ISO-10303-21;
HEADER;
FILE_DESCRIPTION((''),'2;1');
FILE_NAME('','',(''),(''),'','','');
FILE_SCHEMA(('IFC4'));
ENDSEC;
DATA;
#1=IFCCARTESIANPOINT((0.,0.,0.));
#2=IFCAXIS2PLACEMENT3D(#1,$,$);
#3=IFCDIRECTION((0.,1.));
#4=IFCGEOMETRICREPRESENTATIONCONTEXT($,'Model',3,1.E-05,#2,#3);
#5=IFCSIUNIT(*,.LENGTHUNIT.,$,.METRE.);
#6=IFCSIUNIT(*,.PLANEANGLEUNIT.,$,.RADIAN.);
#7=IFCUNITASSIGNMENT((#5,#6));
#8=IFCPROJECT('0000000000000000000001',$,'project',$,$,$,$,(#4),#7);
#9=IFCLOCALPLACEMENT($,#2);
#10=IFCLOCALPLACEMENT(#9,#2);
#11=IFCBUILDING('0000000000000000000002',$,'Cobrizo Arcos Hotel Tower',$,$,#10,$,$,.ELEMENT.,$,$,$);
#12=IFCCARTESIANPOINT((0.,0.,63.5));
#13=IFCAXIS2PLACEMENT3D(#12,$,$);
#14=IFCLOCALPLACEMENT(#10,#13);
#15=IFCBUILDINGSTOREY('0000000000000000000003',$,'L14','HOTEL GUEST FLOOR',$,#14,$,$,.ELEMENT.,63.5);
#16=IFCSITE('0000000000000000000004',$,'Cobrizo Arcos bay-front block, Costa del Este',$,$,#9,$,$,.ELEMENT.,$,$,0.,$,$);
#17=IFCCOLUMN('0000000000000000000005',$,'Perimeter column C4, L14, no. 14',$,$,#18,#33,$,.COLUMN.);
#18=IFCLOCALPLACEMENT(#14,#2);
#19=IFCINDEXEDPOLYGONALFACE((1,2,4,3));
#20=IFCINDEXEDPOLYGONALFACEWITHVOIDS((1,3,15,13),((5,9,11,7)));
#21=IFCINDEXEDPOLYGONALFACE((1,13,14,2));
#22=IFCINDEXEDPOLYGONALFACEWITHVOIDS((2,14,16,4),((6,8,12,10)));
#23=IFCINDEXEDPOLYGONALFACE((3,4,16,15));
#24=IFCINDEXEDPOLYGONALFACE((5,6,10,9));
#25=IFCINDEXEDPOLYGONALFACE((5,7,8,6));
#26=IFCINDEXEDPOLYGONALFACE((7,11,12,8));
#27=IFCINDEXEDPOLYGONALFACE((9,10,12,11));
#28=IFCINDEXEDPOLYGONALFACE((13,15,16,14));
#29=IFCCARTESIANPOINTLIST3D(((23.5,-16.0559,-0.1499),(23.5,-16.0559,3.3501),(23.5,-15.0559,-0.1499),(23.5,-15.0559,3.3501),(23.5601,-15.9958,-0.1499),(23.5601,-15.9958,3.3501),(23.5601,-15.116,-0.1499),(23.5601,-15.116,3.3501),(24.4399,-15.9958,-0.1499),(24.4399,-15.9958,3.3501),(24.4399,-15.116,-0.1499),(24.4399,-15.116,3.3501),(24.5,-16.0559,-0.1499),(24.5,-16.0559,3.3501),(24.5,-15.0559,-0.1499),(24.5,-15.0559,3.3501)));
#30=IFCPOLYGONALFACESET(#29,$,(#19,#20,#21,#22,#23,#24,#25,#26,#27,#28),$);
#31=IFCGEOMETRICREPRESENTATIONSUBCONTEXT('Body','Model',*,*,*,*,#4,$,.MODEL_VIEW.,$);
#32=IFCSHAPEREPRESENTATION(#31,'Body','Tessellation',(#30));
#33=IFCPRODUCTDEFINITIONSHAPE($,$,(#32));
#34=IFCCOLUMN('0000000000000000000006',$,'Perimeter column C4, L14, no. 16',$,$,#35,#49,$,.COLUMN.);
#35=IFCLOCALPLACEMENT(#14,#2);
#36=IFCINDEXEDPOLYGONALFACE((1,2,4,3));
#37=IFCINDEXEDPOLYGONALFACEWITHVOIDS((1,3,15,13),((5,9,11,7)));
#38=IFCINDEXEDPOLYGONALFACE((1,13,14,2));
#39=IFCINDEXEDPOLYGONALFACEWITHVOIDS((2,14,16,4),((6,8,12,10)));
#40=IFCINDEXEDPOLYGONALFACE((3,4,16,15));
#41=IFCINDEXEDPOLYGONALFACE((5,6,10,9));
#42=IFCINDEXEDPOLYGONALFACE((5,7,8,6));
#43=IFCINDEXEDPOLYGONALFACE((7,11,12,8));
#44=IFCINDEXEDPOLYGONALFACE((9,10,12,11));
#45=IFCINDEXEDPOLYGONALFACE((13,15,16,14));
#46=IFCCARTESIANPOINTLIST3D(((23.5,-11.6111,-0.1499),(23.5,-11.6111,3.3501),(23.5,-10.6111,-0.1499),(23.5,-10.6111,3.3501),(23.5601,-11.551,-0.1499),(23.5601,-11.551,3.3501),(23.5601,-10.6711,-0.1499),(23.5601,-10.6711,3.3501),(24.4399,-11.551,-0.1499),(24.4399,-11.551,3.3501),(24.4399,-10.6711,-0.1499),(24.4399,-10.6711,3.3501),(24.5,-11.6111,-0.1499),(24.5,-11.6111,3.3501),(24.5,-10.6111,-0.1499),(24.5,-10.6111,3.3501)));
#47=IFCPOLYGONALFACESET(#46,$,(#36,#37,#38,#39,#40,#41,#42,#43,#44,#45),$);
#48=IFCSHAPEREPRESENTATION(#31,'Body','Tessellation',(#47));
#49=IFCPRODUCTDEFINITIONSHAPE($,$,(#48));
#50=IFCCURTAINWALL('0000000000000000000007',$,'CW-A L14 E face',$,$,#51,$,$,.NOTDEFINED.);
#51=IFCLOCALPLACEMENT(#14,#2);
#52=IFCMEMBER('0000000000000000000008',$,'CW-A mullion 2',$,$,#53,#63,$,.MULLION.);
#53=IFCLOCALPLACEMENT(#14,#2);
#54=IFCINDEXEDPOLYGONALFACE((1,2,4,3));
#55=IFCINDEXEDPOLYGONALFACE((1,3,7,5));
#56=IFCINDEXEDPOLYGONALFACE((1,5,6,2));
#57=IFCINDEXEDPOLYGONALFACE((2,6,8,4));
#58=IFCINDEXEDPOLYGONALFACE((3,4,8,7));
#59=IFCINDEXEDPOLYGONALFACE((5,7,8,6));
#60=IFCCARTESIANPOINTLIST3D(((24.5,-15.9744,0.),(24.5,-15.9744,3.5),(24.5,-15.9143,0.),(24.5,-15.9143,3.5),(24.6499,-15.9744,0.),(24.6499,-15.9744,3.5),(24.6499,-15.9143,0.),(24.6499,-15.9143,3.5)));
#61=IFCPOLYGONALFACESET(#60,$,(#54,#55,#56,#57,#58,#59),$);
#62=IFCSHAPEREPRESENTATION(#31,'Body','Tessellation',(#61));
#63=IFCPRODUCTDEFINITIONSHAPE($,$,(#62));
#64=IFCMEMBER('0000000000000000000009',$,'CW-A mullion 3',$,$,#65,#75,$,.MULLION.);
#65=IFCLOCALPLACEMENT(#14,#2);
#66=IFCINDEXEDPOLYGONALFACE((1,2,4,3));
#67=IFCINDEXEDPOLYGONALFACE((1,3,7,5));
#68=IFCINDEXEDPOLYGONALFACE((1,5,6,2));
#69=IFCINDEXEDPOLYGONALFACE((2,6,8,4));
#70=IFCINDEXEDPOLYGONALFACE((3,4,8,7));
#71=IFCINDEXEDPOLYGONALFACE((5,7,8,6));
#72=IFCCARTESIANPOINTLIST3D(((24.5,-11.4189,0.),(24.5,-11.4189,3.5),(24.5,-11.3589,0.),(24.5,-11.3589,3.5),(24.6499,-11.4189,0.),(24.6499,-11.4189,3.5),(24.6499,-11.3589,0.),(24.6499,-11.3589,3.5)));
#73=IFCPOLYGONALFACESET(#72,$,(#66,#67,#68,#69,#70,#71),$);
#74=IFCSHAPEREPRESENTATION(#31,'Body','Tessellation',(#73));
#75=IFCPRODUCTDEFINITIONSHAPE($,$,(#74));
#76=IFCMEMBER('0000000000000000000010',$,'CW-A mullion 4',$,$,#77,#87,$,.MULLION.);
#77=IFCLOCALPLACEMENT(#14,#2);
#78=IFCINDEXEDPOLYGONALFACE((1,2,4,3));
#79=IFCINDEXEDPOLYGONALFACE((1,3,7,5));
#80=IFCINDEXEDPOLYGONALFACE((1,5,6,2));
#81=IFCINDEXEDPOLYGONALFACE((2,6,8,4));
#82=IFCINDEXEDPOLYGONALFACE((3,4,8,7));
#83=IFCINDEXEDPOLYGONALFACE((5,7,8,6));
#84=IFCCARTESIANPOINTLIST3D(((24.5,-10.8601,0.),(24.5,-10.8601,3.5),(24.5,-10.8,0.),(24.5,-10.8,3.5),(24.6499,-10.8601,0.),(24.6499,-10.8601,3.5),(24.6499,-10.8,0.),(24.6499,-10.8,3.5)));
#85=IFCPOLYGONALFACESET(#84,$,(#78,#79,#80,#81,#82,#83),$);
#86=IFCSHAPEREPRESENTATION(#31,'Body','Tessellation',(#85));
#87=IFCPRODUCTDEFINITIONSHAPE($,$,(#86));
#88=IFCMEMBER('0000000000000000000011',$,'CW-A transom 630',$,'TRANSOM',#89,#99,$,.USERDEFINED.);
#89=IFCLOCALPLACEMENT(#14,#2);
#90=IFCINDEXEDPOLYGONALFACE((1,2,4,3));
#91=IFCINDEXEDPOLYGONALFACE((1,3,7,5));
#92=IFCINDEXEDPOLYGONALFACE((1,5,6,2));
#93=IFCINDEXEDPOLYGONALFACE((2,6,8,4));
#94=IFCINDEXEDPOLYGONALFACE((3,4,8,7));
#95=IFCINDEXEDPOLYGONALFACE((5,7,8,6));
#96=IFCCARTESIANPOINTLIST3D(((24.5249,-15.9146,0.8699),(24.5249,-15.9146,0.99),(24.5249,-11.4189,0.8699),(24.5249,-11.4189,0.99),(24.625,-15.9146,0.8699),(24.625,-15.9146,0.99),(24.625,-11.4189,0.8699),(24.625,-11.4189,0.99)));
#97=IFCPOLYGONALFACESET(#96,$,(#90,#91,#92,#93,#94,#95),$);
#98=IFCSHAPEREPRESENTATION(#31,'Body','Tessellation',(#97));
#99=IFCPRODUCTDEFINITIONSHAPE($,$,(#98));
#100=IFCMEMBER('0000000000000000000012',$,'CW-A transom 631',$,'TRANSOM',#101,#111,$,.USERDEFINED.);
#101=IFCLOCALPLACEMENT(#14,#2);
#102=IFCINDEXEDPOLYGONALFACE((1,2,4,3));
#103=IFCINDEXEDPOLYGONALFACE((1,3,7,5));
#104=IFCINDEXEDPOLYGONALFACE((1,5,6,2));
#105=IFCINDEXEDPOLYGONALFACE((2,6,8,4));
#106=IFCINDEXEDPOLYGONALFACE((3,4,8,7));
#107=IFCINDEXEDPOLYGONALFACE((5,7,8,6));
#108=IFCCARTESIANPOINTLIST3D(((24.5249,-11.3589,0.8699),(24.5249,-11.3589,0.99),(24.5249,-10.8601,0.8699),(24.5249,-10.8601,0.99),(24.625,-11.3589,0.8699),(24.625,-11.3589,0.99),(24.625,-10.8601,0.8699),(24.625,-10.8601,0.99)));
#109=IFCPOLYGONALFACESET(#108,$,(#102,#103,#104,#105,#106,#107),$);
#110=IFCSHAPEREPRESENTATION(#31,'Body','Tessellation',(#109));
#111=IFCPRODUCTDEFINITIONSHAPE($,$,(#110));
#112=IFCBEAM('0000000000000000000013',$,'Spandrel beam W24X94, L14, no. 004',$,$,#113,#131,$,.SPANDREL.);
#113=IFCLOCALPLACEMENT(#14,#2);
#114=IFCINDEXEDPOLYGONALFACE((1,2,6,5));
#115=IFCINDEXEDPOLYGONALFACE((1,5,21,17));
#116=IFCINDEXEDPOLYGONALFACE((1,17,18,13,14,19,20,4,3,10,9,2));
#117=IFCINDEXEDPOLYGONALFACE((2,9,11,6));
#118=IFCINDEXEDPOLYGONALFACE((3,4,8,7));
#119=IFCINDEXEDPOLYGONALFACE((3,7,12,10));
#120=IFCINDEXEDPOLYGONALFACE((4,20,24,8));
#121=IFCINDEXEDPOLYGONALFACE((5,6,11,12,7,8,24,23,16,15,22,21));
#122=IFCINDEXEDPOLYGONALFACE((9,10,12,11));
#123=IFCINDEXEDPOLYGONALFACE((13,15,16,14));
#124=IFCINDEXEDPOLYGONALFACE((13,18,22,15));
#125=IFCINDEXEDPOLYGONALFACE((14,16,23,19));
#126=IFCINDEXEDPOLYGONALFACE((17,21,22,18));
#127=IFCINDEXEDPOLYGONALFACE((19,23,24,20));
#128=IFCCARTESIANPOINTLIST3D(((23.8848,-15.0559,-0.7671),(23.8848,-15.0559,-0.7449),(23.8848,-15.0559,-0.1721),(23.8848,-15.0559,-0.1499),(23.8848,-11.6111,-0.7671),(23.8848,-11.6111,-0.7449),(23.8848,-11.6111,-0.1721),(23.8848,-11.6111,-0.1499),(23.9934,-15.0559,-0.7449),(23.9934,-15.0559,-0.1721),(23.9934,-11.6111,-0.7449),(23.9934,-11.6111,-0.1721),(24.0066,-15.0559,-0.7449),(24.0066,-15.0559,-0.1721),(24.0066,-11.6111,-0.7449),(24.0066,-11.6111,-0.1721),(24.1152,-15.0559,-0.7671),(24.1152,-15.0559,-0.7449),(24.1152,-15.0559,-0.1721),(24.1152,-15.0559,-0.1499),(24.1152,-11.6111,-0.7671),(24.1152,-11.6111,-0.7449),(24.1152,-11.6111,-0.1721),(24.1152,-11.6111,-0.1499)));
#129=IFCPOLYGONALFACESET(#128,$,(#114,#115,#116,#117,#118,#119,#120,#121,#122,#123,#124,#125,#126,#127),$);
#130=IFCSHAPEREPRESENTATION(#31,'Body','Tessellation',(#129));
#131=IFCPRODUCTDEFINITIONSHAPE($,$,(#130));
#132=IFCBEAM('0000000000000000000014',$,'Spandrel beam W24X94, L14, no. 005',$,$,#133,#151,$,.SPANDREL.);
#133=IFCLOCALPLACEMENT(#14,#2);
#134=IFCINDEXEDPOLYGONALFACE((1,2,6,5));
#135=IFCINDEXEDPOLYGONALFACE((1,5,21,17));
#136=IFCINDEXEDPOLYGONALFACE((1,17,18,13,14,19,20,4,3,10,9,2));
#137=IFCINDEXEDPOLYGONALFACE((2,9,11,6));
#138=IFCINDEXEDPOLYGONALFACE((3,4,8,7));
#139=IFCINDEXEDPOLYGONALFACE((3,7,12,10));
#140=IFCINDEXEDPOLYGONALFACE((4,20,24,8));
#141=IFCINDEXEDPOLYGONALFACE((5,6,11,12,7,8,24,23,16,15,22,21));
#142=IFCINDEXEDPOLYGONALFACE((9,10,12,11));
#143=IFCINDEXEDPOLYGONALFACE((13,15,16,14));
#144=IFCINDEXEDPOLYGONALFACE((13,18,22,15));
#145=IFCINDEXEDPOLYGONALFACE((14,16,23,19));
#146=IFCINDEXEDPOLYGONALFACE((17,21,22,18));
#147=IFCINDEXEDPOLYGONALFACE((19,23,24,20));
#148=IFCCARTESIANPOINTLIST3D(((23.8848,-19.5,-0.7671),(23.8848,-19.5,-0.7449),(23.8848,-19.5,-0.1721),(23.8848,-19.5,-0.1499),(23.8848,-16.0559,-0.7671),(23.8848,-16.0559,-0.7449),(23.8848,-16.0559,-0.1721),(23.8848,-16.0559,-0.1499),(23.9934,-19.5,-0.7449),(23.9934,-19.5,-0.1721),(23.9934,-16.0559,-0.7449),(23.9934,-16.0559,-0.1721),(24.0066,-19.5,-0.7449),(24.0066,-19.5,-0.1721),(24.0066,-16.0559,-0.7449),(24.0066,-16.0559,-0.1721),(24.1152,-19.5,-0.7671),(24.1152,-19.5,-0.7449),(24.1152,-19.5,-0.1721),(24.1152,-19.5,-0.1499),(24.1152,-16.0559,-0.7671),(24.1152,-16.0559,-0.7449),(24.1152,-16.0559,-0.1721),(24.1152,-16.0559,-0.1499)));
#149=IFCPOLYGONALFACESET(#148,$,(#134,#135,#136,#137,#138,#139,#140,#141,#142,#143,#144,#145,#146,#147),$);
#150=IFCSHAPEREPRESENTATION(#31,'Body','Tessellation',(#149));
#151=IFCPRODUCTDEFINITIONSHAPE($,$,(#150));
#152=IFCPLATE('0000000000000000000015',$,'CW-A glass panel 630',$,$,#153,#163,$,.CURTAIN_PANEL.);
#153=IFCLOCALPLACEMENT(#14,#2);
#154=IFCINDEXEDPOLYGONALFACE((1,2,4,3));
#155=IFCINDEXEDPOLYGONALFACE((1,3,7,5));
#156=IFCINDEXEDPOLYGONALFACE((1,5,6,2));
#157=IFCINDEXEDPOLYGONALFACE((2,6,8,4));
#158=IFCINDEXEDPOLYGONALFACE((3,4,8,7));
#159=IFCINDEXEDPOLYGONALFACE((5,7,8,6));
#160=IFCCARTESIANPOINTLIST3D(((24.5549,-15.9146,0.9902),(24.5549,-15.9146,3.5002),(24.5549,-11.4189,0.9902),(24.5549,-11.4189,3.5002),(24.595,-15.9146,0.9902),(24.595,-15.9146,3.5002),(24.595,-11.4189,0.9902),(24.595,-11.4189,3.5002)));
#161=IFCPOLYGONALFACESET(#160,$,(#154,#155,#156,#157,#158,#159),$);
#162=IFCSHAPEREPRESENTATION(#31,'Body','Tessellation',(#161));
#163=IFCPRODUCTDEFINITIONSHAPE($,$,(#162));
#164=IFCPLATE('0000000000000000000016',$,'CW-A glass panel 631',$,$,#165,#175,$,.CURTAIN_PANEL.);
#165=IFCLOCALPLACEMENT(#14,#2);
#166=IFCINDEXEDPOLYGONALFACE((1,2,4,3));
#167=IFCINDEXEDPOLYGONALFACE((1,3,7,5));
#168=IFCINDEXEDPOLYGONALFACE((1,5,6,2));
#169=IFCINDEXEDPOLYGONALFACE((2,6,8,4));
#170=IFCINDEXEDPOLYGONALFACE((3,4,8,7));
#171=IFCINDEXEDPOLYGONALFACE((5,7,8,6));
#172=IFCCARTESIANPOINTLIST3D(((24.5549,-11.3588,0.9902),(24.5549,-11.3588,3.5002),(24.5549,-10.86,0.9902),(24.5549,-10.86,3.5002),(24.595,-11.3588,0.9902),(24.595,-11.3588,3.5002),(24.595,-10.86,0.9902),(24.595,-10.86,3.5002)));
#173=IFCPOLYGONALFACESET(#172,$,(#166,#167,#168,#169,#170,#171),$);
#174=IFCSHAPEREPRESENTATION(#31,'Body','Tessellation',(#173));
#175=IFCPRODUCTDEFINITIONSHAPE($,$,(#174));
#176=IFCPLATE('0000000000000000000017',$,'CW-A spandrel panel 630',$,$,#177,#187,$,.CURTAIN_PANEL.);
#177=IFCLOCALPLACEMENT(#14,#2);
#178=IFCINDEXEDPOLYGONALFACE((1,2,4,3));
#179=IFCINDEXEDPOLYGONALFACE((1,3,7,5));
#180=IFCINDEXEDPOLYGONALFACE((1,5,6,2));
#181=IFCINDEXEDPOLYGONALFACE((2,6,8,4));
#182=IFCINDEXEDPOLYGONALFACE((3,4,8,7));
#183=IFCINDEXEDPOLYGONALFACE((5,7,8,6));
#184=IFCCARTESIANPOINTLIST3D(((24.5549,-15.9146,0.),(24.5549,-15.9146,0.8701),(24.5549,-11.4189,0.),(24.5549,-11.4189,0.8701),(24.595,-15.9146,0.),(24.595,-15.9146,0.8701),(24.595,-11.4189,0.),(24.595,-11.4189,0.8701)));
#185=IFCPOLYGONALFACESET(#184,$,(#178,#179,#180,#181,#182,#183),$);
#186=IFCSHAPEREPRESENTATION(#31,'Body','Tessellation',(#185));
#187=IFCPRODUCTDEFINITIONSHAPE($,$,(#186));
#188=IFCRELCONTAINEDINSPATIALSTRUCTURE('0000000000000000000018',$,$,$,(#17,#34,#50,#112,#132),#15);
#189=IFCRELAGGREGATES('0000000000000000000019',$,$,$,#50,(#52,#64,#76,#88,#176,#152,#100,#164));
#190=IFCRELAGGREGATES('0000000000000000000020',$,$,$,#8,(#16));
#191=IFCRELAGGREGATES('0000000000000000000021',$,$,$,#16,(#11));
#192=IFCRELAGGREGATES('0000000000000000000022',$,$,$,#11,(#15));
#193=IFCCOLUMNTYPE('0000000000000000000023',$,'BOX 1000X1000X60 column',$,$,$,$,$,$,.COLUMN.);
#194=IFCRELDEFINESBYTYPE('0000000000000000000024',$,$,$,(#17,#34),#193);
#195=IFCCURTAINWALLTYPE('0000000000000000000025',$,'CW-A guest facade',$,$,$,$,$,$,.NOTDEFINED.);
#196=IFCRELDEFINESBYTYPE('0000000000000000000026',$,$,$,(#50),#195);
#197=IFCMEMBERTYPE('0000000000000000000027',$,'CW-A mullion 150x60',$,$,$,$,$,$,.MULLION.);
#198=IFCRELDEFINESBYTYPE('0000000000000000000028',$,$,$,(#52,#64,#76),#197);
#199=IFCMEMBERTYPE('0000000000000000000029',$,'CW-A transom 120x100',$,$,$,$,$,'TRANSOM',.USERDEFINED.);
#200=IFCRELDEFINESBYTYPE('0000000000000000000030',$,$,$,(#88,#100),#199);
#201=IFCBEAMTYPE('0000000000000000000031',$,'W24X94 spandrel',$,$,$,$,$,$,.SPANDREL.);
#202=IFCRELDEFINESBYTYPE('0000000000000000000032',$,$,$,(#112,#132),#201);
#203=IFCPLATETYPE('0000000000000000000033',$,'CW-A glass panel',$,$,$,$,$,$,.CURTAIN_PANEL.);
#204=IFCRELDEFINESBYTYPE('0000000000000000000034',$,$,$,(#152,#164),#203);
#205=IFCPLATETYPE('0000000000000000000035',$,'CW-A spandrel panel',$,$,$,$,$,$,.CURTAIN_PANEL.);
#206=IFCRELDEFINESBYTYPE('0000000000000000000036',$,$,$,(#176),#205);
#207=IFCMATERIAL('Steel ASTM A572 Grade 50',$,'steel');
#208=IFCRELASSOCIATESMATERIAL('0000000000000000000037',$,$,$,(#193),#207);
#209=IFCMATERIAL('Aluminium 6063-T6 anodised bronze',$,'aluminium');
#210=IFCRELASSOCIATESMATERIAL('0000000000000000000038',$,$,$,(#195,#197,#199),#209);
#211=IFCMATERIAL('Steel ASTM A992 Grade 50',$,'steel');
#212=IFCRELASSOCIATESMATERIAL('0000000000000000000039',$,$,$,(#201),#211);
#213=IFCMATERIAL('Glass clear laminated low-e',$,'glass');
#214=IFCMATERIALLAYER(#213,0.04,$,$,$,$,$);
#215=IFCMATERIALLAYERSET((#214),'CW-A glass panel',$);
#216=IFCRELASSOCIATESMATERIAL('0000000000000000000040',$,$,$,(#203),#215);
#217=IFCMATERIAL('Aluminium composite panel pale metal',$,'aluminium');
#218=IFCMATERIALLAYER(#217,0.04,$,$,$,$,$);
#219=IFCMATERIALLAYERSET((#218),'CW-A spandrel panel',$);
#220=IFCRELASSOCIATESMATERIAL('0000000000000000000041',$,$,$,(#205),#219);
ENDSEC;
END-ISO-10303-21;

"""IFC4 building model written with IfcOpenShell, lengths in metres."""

from ifc_helpers import new_model, si_unit, direction, frame, origin, origin_2d, place, context, subcontext, project, spatial, rectangle, hollow_rectangle, i_section, extrude, material, layer, layer_set, material_profile, profile_set, type_object, element, aggregate, save


model = new_model("IFC4")

# Units and contexts
model_context = context("Model", 3, precision=1e-05, world=origin(), true_north=direction((0.0, 1.0)))
body_context = subcontext(model_context, "Body", "Model", "MODEL_VIEW")
ifc_project = project(units=[si_unit("LENGTHUNIT", "METRE"), si_unit("PLANEANGLEUNIT", "RADIAN")], contexts=[model_context])

# Site, building, storey
site_placement = place(None, origin())
site = spatial("IfcSite", under=ifc_project, at=site_placement, Name="Cobrizo Arcos bay-front block, Costa del Este", CompositionType="ELEMENT", RefElevation=0.0)
building_placement = place(site_placement, origin())
building = spatial("IfcBuilding", under=site, at=building_placement, Name="Cobrizo Arcos Hotel Tower", CompositionType="ELEMENT")
storey_placement = place(building_placement, frame((0.0, 0.0, 63.5)))
storey = spatial("IfcBuildingStorey", under=building, at=storey_placement, Name="L14", Description="HOTEL GUEST FLOOR", CompositionType="ELEMENT", Elevation=63.5)

# Columns
ifc_material_1 = material(Name="Steel ASTM A572 Grade 50", Category="steel")
ifc_material_profile_1 = material_profile(ifc_material_1, hollow_rectangle(XDim=1.0, YDim=1.0, WallThickness=0.0601, at=origin_2d()), Name="BOX 1000X1000X60")
ifc_profile_set_1 = profile_set([ifc_material_profile_1], Name="Steel ASTM A572 Grade 50")
column_type = type_object("IfcColumnType", Name="BOX 1000X1000X60 column", PredefinedType="COLUMN", material=ifc_profile_set_1)
for number, where, z_axis, x_axis, name in (
    (1, (24.0, -15.5559, -0.1499), (0.0, 0.0, 1.0), (1.0, 0.0, 0.0), "Perimeter column C4, L14, no. 14"),
    (2, (24.0, -11.1111, -0.1499), (0.0, 0.0, 1.0), (1.0, 0.0, 0.0), "Perimeter column C4, L14, no. 16"),
):
    element("IfcColumn", number, at=place(storey_placement, frame(where, z_axis=z_axis, x_axis=x_axis)), inside=storey, type_object=column_type, Name=name, PredefinedType="COLUMN", context=body_context, shape_type="SweptSolid", body=[
        extrude(hollow_rectangle(XDim=1.0, YDim=1.0, WallThickness=0.0601, at=origin_2d()), origin(), (0.0, 0.0, 1.0), 3.5),
    ])

# Curtain wall, members
ifc_material_2 = material(Name="Aluminium 6063-T6 anodised bronze", Category="aluminium")
curtain_wall_type = type_object("IfcCurtainWallType", Name="CW-A guest facade", PredefinedType="NOTDEFINED", material=ifc_material_2)
curtain_wall_placement = place(storey_placement, origin())
curtain_wall = element("IfcCurtainWall", 3, at=curtain_wall_placement, inside=storey, type_object=curtain_wall_type, Name="CW-A L14 E face", PredefinedType="NOTDEFINED")
ifc_material_profile_2 = material_profile(ifc_material_2, rectangle(XDim=0.1499, YDim=0.0601, at=origin_2d()), Name="CW-A mullion 150x60")
ifc_profile_set_2 = profile_set([ifc_material_profile_2], Name="Aluminium 6063-T6 anodised bronze")
member_type_1 = type_object("IfcMemberType", Name="CW-A mullion 150x60", PredefinedType="MULLION", material=ifc_profile_set_2)
member_1_placement = place(storey_placement, frame((24.575, -15.9443, 0.0), z_axis=(0.0, 0.0, 1.0), x_axis=(1.0, 0.0, 0.0)))
member_1 = element("IfcMember", 4, at=member_1_placement, type_object=member_type_1, Name="CW-A mullion 2", PredefinedType="MULLION", context=body_context, shape_type="SweptSolid", body=[
    extrude(rectangle(XDim=0.1499, YDim=0.0601, at=origin_2d()), origin(), (0.0, 0.0, 1.0), 3.5),
])
member_2_placement = place(storey_placement, frame((24.575, -11.3889, 0.0), z_axis=(0.0, 0.0, 1.0), x_axis=(1.0, 0.0, 0.0)))
member_2 = element("IfcMember", 5, at=member_2_placement, type_object=member_type_1, Name="CW-A mullion 3", PredefinedType="MULLION", context=body_context, shape_type="SweptSolid", body=[
    extrude(rectangle(XDim=0.1499, YDim=0.0601, at=origin_2d()), origin(), (0.0, 0.0, 1.0), 3.5),
])
member_3_placement = place(storey_placement, frame((24.575, -10.8301, 0.0), z_axis=(0.0, 0.0, 1.0), x_axis=(1.0, 0.0, 0.0)))
member_3 = element("IfcMember", 6, at=member_3_placement, type_object=member_type_1, Name="CW-A mullion 4", PredefinedType="MULLION", context=body_context, shape_type="SweptSolid", body=[
    extrude(rectangle(XDim=0.1499, YDim=0.0601, at=origin_2d()), origin(), (0.0, 0.0, 1.0), 3.5),
])
ifc_material_profile_3 = material_profile(ifc_material_2, rectangle(XDim=0.1001, YDim=0.1201, at=origin_2d()), Name="CW-A transom 120x100")
ifc_profile_set_3 = profile_set([ifc_material_profile_3], Name="Aluminium 6063-T6 anodised bronze")
member_type_2 = type_object("IfcMemberType", Name="CW-A transom 120x100", ElementType="TRANSOM", PredefinedType="USERDEFINED", material=ifc_profile_set_3)
member_4_placement = place(storey_placement, frame((24.575, -15.9146, 0.9299), z_axis=(0.0, 1.0, 0.0), x_axis=(-1.0, 0.0, 0.0)))
member_4 = element("IfcMember", 7, at=member_4_placement, type_object=member_type_2, Name="CW-A transom 630", ObjectType="TRANSOM", PredefinedType="USERDEFINED", context=body_context, shape_type="SweptSolid", body=[
    extrude(rectangle(XDim=0.1001, YDim=0.1201, at=origin_2d()), origin(), (0.0, 0.0, 1.0), 4.4956),
])
member_5_placement = place(storey_placement, frame((24.575, -11.3589, 0.9299), z_axis=(0.0, 1.0, 0.0), x_axis=(-1.0, 0.0, 0.0)))
member_5 = element("IfcMember", 8, at=member_5_placement, type_object=member_type_2, Name="CW-A transom 631", ObjectType="TRANSOM", PredefinedType="USERDEFINED", context=body_context, shape_type="SweptSolid", body=[
    extrude(rectangle(XDim=0.1001, YDim=0.1201, at=origin_2d()), origin(), (0.0, 0.0, 1.0), 0.4988),
])

# Beams
ifc_material_3 = material(Name="Steel ASTM A992 Grade 50", Category="steel")
ifc_material_profile_4 = material_profile(ifc_material_3, i_section(OverallWidth=0.2305, OverallDepth=0.6172, WebThickness=0.0132, FlangeThickness=0.0222, at=origin_2d()), Name="W24X94")
ifc_profile_set_4 = profile_set([ifc_material_profile_4], Name="Steel ASTM A992 Grade 50")
beam_type = type_object("IfcBeamType", Name="W24X94 spandrel", PredefinedType="SPANDREL", material=ifc_profile_set_4)
beam_1_placement = place(storey_placement, frame((24.0, -11.6111, -0.4585), z_axis=(0.0, -1.0, 0.0), x_axis=(1.0, 0.0, 0.0)))
element("IfcBeam", 9, at=beam_1_placement, inside=storey, type_object=beam_type, Name="Spandrel beam W24X94, L14, no. 004", PredefinedType="SPANDREL", context=body_context, shape_type="SweptSolid", body=[
    extrude(i_section(OverallWidth=0.2305, OverallDepth=0.6172, WebThickness=0.0132, FlangeThickness=0.0222, at=origin_2d()), origin(), (0.0, 0.0, 1.0), 3.4448),
])
beam_2_placement = place(storey_placement, frame((24.0, -16.0559, -0.4585), z_axis=(0.0, -1.0, 0.0), x_axis=(1.0, 0.0, 0.0)))
element("IfcBeam", 10, at=beam_2_placement, inside=storey, type_object=beam_type, Name="Spandrel beam W24X94, L14, no. 005", PredefinedType="SPANDREL", context=body_context, shape_type="SweptSolid", body=[
    extrude(i_section(OverallWidth=0.2305, OverallDepth=0.6172, WebThickness=0.0132, FlangeThickness=0.0222, at=origin_2d()), origin(), (0.0, 0.0, 1.0), 3.4441),
])

# Plates
ifc_material_4 = material(Name="Glass clear laminated low-e", Category="glass")
ifc_layer_1 = layer(ifc_material_4, 0.04)
ifc_layer_set_1 = layer_set([ifc_layer_1], Name="CW-A glass panel")
plate_type_1 = type_object("IfcPlateType", Name="CW-A glass panel", PredefinedType="CURTAIN_PANEL", material=ifc_layer_set_1)
plate_1_placement = place(storey_placement, frame((24.575, -13.6667, 0.9902), z_axis=(0.0, 0.0, 1.0), x_axis=(0.0, 1.0, 0.0)))
plate_1 = element("IfcPlate", 11, at=plate_1_placement, type_object=plate_type_1, Name="CW-A glass panel 630", PredefinedType="CURTAIN_PANEL", context=body_context, shape_type="SweptSolid", body=[
    extrude(rectangle(XDim=4.4956, YDim=0.04, at=origin_2d()), origin(), (0.0, 0.0, 1.0), 2.51),
])
plate_2_placement = place(storey_placement, frame((24.575, -11.1094, 0.9902), z_axis=(0.0, 0.0, 1.0), x_axis=(0.0, 1.0, 0.0)))
plate_2 = element("IfcPlate", 12, at=plate_2_placement, type_object=plate_type_1, Name="CW-A glass panel 631", PredefinedType="CURTAIN_PANEL", context=body_context, shape_type="SweptSolid", body=[
    extrude(rectangle(XDim=0.4988, YDim=0.04, at=origin_2d()), origin(), (0.0, 0.0, 1.0), 2.51),
])
ifc_material_5 = material(Name="Aluminium composite panel pale metal", Category="aluminium")
ifc_layer_2 = layer(ifc_material_5, 0.04)
ifc_layer_set_2 = layer_set([ifc_layer_2], Name="CW-A spandrel panel")
plate_type_2 = type_object("IfcPlateType", Name="CW-A spandrel panel", PredefinedType="CURTAIN_PANEL", material=ifc_layer_set_2)
plate_3_placement = place(storey_placement, frame((24.575, -13.6667, 0.0), z_axis=(0.0, 0.0, 1.0), x_axis=(0.0, 1.0, 0.0)))
plate_3 = element("IfcPlate", 13, at=plate_3_placement, type_object=plate_type_2, Name="CW-A spandrel panel 630", PredefinedType="CURTAIN_PANEL", context=body_context, shape_type="SweptSolid", body=[
    extrude(rectangle(XDim=4.4956, YDim=0.04, at=origin_2d()), origin(), (0.0, 0.0, 1.0), 0.8701),
])
aggregate(curtain_wall, [member_1, member_2, member_3, member_4, plate_3, plate_1, member_5, plate_2])

save(model, "model.ifc")
